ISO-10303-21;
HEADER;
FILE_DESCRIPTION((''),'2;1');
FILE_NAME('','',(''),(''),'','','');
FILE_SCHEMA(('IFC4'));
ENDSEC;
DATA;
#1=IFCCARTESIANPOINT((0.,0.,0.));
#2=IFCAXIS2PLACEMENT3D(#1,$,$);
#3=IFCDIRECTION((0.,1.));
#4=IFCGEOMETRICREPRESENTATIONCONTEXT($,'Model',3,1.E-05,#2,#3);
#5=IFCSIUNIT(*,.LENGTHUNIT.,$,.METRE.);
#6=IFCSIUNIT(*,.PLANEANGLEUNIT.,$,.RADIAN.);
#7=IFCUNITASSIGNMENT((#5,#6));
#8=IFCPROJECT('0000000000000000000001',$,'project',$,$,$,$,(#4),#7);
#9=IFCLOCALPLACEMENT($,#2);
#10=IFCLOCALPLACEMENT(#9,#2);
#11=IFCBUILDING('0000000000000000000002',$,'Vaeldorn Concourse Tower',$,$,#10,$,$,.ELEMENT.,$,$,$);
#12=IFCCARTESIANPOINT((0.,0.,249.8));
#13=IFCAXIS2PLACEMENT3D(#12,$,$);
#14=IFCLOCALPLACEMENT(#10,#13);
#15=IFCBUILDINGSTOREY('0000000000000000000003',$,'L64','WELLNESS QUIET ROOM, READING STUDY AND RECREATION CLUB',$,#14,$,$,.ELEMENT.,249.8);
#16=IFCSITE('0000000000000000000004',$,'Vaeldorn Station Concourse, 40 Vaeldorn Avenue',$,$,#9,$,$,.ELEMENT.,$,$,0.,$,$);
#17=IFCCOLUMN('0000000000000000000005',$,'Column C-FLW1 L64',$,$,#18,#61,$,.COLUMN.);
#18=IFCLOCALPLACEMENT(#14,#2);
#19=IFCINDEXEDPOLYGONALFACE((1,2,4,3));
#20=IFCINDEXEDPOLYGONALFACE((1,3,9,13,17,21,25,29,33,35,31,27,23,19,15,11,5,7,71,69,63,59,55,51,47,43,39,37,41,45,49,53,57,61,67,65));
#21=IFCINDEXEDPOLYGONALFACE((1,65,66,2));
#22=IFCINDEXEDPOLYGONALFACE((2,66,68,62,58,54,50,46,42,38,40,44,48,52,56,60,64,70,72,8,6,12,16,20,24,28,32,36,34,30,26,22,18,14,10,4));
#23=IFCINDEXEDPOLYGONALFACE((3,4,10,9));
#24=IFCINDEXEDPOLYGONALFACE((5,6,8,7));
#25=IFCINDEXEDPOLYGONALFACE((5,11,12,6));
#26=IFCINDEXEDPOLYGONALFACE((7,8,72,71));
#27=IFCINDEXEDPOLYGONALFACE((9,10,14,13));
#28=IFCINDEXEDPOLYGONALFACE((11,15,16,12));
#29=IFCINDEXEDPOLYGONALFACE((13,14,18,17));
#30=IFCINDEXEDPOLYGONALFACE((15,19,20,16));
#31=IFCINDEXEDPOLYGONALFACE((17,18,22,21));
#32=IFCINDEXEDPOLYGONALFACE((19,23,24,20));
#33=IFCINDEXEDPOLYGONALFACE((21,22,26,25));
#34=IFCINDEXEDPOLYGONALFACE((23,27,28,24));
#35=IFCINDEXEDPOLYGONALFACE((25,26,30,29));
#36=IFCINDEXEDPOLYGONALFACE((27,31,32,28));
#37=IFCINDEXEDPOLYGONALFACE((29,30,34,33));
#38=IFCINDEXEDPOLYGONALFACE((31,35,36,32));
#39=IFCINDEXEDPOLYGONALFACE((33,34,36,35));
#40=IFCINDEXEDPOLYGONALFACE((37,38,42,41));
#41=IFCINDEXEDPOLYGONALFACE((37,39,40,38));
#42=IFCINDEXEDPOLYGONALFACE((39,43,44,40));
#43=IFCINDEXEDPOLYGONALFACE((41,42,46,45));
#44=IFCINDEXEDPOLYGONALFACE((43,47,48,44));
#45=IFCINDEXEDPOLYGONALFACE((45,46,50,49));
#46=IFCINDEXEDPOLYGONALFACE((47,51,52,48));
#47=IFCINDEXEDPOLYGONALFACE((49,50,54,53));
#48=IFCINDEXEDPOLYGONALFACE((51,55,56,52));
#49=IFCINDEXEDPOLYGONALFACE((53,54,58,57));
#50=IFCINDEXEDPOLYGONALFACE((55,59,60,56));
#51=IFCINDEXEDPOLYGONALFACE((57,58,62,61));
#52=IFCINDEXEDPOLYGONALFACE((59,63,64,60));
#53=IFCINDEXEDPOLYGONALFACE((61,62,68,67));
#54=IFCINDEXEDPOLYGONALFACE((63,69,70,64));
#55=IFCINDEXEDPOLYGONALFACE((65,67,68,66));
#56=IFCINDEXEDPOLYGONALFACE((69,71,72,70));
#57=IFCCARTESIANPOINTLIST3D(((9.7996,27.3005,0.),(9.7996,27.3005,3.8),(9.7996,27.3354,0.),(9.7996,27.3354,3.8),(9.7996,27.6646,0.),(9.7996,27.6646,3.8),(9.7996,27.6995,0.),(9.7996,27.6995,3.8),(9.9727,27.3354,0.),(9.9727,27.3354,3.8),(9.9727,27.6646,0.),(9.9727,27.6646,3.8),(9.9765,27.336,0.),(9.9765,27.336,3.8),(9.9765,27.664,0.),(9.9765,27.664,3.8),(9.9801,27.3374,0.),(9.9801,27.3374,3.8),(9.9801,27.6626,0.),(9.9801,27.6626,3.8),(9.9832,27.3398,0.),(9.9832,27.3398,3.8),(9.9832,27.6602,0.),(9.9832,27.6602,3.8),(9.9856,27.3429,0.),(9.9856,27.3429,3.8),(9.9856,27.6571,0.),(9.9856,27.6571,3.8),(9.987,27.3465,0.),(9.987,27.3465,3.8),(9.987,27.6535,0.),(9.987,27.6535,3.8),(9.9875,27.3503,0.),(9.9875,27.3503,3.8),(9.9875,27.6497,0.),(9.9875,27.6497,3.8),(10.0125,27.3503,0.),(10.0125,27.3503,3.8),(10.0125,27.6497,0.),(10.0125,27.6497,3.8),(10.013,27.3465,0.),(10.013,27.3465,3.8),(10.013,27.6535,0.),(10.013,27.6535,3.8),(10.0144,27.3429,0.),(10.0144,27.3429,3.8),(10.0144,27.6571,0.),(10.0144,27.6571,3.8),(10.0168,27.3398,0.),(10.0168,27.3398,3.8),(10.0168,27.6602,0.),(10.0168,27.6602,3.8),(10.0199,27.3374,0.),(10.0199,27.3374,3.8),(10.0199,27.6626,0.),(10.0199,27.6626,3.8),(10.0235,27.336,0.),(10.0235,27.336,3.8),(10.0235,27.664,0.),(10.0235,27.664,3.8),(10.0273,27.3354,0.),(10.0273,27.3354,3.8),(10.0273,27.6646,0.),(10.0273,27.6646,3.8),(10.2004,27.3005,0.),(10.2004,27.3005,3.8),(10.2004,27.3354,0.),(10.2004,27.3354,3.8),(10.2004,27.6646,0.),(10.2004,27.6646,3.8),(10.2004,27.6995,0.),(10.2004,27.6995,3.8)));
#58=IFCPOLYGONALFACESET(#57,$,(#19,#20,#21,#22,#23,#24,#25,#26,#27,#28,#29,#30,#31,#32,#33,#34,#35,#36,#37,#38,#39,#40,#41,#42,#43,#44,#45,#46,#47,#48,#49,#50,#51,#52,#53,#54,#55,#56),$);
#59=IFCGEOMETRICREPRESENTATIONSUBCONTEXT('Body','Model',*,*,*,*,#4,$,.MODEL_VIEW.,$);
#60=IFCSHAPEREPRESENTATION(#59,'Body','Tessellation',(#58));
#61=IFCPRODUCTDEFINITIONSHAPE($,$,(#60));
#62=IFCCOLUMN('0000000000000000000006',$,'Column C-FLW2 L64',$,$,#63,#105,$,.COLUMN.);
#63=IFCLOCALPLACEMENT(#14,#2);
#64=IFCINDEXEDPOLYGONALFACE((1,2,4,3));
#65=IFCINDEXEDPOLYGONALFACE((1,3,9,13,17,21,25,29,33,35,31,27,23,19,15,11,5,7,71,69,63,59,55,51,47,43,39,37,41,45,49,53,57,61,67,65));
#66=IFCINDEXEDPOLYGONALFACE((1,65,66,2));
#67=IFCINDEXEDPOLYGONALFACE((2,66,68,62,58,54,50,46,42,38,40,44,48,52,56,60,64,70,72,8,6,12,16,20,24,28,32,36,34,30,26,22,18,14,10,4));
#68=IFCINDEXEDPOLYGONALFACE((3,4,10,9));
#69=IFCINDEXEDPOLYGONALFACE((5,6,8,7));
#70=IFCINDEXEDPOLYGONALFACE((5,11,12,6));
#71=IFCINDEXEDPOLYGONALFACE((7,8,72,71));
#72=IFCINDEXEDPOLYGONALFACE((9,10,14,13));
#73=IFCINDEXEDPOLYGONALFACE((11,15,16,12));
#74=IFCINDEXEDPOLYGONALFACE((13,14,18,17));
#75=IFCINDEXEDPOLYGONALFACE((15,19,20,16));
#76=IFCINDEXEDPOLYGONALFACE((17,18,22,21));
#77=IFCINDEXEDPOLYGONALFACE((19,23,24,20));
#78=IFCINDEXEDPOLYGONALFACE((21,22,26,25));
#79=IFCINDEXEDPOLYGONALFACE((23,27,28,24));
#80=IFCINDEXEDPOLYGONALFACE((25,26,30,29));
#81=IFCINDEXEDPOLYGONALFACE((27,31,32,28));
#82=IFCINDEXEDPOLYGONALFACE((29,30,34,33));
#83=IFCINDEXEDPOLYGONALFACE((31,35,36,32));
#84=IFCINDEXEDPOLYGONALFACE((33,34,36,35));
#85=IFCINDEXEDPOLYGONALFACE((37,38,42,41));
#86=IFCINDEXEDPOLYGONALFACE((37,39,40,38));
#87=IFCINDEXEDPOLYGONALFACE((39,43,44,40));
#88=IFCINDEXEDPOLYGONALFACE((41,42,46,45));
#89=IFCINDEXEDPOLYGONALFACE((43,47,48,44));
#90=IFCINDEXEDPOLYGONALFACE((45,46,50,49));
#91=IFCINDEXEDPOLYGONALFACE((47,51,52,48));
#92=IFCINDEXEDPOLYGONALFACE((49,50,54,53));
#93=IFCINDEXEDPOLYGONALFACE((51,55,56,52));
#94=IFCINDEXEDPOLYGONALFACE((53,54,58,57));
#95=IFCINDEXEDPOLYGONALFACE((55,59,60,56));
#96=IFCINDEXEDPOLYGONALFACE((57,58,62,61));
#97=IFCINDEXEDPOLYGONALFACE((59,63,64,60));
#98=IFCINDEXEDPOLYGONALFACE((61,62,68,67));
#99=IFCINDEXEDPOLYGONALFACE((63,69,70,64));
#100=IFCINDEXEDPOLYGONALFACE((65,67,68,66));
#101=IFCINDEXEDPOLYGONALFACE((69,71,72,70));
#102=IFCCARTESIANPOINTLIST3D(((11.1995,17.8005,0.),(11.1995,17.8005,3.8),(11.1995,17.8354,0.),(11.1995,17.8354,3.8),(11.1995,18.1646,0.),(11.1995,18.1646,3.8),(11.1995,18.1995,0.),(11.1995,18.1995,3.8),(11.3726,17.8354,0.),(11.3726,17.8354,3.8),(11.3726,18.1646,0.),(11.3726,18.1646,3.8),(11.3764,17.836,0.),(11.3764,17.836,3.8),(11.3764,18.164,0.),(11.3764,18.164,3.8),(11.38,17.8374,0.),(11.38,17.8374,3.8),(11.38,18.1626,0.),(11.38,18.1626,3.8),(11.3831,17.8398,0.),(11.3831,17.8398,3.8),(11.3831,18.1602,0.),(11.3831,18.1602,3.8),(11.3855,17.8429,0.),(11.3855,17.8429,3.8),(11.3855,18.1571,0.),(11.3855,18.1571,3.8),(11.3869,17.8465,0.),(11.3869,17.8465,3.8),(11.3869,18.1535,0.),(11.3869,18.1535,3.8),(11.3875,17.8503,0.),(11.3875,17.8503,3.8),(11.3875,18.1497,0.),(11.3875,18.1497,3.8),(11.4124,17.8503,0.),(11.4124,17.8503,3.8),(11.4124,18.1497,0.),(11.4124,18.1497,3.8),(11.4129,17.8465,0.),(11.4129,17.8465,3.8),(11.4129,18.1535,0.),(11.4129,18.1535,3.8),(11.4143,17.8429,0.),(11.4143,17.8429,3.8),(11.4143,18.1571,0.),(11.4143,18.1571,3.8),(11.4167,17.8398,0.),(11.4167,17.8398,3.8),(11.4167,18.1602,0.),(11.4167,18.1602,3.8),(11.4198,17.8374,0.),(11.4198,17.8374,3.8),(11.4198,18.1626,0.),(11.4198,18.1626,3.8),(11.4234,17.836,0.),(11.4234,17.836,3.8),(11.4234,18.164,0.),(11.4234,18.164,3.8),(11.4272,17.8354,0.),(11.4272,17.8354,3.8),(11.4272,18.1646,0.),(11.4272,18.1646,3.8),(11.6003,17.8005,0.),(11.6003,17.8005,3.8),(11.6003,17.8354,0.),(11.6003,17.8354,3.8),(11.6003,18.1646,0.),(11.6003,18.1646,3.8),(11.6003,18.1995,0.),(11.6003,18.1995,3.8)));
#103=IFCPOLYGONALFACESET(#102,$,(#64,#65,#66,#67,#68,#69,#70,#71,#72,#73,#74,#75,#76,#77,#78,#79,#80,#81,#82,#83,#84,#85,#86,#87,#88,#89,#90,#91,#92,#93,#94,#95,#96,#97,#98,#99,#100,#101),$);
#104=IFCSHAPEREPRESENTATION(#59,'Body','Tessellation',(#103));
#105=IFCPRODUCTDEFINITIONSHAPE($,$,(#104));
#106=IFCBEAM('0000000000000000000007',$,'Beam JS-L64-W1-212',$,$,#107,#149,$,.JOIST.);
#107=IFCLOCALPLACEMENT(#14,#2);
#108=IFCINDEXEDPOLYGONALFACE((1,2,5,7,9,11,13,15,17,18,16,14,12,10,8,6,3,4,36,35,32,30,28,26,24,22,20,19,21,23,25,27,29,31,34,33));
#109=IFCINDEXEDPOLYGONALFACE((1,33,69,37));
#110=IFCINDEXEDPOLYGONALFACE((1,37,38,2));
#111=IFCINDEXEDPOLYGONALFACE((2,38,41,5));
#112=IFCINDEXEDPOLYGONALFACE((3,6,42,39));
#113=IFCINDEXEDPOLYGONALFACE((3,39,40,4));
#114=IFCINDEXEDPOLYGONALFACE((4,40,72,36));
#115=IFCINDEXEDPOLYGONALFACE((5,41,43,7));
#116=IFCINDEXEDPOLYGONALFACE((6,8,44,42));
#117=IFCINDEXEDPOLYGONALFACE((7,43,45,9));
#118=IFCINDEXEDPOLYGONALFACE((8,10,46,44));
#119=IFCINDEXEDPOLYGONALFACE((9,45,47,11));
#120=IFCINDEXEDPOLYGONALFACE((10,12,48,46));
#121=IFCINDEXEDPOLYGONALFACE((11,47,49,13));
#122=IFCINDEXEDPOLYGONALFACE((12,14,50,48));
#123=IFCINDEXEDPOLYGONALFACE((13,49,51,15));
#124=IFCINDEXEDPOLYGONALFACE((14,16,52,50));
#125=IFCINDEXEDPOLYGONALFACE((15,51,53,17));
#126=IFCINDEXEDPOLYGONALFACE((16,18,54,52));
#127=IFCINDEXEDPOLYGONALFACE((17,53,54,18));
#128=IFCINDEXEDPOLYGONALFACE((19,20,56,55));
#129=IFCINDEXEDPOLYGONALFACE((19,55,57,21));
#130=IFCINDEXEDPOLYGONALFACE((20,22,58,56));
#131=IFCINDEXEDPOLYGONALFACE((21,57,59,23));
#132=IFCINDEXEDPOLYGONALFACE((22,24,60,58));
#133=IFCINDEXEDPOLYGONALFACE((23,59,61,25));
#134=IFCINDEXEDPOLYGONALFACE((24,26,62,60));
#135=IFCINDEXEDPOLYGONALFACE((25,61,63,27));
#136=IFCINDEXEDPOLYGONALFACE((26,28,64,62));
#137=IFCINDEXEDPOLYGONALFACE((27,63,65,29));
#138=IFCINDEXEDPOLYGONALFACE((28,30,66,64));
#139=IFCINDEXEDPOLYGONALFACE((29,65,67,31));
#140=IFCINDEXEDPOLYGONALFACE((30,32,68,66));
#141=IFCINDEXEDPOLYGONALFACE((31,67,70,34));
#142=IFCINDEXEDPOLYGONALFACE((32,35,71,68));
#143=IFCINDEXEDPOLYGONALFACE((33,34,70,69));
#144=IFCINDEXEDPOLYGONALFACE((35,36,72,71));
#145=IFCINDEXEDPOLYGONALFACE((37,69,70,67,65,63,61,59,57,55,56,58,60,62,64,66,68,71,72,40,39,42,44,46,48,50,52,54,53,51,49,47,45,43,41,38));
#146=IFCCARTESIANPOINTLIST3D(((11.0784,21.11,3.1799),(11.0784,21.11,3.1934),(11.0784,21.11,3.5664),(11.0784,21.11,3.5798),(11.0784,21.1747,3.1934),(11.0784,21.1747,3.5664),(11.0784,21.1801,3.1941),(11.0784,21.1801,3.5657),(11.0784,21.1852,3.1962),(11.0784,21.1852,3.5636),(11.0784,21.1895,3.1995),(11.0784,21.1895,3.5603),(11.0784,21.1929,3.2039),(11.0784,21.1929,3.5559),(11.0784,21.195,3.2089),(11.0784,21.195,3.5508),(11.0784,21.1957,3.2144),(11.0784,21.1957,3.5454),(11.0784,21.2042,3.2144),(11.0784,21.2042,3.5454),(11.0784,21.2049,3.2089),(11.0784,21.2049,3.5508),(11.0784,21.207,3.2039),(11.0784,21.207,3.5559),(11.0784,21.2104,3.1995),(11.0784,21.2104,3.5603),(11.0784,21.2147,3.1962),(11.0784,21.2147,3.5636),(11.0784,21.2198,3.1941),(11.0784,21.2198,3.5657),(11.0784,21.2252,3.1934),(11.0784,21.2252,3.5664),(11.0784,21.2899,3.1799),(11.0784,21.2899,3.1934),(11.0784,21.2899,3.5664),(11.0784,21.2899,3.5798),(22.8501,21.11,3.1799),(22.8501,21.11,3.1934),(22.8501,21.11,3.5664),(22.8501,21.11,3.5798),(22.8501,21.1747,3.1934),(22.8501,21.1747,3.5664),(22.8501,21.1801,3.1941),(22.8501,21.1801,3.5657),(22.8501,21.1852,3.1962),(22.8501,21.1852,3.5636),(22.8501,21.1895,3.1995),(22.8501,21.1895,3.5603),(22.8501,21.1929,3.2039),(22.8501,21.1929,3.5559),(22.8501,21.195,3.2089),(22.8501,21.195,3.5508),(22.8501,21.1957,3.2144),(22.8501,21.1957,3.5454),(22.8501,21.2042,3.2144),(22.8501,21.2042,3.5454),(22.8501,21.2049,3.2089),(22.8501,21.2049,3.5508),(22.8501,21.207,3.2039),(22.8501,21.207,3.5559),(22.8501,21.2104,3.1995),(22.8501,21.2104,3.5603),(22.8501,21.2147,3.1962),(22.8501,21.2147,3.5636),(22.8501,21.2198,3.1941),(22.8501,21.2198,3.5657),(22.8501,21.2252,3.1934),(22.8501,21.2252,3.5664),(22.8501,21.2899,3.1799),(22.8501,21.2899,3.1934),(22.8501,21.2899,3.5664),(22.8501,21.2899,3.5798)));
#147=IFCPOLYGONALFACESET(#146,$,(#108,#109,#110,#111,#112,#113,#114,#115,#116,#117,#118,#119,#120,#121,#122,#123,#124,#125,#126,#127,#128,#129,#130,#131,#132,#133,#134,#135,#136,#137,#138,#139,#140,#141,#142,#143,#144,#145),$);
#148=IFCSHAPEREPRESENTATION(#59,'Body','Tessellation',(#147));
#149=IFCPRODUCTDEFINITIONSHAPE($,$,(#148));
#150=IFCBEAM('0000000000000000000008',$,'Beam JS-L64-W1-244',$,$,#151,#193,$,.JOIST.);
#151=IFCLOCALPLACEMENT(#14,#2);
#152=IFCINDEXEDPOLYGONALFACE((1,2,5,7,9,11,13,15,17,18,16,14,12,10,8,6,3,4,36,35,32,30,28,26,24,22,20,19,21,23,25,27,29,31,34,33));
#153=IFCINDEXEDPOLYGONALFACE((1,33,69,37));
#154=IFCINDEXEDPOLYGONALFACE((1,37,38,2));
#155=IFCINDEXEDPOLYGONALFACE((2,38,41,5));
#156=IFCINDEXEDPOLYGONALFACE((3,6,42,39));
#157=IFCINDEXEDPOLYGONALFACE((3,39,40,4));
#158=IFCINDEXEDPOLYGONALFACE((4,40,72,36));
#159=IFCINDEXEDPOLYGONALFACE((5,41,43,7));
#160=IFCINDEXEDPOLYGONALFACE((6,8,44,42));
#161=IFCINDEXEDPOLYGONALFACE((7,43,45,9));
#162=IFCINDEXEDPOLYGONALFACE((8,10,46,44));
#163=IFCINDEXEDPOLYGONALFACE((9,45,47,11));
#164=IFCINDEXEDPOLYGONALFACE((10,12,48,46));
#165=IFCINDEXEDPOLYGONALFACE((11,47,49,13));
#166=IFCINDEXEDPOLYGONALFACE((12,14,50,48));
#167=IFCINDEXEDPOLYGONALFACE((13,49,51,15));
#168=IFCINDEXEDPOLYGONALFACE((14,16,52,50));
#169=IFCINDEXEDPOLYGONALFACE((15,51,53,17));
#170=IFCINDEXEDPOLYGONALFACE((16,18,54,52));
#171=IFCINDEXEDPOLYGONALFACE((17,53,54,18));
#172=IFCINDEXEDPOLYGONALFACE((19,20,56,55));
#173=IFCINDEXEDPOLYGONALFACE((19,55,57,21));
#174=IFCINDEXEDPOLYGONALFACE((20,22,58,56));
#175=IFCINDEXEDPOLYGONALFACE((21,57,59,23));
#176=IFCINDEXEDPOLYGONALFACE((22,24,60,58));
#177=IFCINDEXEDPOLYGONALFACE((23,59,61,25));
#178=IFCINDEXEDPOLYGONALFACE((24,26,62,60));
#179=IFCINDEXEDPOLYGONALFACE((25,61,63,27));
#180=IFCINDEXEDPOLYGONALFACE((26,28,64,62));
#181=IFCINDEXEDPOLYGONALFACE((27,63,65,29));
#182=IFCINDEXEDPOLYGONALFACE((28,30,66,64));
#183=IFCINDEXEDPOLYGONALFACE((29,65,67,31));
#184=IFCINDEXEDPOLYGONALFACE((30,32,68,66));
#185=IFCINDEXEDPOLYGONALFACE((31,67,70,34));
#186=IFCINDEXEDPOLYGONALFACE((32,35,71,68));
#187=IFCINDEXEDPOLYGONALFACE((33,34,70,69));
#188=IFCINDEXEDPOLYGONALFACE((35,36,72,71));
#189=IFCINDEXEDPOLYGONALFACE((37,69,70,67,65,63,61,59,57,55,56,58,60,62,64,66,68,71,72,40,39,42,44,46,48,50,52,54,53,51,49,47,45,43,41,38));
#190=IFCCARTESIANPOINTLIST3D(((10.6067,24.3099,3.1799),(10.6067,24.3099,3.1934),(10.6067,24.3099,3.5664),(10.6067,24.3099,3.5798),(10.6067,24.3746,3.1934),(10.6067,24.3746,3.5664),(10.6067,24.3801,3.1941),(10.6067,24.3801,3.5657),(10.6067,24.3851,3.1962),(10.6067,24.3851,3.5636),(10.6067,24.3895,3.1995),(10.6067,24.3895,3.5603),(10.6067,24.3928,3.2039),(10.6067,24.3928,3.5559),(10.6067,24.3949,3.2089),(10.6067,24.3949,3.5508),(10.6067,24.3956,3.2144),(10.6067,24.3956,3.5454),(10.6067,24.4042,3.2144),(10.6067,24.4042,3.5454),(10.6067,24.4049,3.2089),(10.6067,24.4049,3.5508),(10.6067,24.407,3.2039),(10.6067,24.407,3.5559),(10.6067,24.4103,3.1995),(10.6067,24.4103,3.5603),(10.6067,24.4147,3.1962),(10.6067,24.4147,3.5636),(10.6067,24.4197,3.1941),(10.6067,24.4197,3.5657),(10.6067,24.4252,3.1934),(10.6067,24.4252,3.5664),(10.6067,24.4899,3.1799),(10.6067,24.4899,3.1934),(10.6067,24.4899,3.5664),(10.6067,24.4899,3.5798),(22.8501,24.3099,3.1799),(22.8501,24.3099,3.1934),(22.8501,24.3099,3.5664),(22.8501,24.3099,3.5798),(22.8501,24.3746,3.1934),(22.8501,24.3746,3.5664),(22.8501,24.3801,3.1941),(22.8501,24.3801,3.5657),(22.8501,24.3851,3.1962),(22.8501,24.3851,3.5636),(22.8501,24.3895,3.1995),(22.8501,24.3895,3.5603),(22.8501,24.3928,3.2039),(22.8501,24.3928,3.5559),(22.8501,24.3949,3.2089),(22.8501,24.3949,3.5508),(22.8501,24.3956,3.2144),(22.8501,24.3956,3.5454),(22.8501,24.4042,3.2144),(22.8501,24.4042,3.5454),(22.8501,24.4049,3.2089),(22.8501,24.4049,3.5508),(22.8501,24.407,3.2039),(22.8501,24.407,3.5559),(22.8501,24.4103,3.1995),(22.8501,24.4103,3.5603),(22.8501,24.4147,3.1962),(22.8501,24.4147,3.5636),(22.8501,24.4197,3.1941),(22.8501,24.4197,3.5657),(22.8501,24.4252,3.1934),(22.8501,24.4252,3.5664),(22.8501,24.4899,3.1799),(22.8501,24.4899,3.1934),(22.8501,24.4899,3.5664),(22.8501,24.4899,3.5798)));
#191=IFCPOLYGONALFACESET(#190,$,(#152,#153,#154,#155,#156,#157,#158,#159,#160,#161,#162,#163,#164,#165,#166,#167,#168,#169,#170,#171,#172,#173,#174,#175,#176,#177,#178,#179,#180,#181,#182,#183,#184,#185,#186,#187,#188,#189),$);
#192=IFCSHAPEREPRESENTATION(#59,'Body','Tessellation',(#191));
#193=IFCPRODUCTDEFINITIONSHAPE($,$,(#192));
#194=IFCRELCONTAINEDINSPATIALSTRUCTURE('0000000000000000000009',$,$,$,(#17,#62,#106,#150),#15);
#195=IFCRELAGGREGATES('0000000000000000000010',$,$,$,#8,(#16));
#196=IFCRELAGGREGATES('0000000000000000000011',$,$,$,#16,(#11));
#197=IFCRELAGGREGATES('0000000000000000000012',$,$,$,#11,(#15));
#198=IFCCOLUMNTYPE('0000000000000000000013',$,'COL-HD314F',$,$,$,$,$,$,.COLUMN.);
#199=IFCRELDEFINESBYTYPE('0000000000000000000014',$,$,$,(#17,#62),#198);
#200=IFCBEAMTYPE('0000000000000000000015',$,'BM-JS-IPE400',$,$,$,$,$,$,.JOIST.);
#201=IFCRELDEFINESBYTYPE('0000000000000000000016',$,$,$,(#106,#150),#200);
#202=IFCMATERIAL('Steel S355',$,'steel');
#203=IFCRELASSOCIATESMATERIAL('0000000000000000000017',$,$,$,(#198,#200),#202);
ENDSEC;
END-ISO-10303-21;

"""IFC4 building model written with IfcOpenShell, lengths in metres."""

from ifc_helpers import new_model, si_unit, direction, frame, origin, origin_2d, place, context, subcontext, project, spatial, i_section, extrude, source, transform, mapped, material, material_profile, profile_set, type_object, element, save


model = new_model("IFC4")

# Units and contexts
model_context = context("Model", 3, precision=1e-05, world=origin(), true_north=direction((0.0, 1.0)))
body_context = subcontext(model_context, "Body", "Model", "MODEL_VIEW")
ifc_project = project(units=[si_unit("LENGTHUNIT", "METRE"), si_unit("PLANEANGLEUNIT", "RADIAN")], contexts=[model_context])

# Site, building, storey
site_placement = place(None, origin())
site = spatial("IfcSite", under=ifc_project, at=site_placement, Name="Vaeldorn Station Concourse, 40 Vaeldorn Avenue", CompositionType="ELEMENT", RefElevation=0.0)
building_placement = place(site_placement, origin())
building = spatial("IfcBuilding", under=site, at=building_placement, Name="Vaeldorn Concourse Tower", CompositionType="ELEMENT")
storey_placement = place(building_placement, frame((0.0, 0.0, 249.8)))
storey = spatial("IfcBuildingStorey", under=building, at=storey_placement, Name="L64", Description="WELLNESS QUIET ROOM, READING STUDY AND RECREATION CLUB", CompositionType="ELEMENT", Elevation=249.8)

# Columns
ifc_material_1 = material(Name="Steel S355", Category="steel")
ifc_material_profile_1 = material_profile(ifc_material_1, i_section(OverallWidth=0.4009, OverallDepth=0.3989, WebThickness=0.0249, FlangeThickness=0.0349, FilletRadius=0.0149, at=origin_2d()), Name="HD 400x314")
ifc_profile_set_1 = profile_set([ifc_material_profile_1], Name="Steel S355")
column_type = type_object("IfcColumnType", Name="COL-HD314F", PredefinedType="COLUMN", material=ifc_profile_set_1)
shared_shape_1 = source(origin(), body_context, "Body", "SweptSolid", [
    extrude(i_section(OverallWidth=0.4009, OverallDepth=0.3989, WebThickness=0.0249, FlangeThickness=0.0349, FilletRadius=0.0149, at=origin_2d()), origin(), (0.0, 0.0, 1.0), 3.8),
])
for number, where, z_axis, x_axis, name in (
    (1, (10.0, 27.5, 0.0), (0.0, 0.0, 1.0), (1.0, 0.0, 0.0), "Column C-FLW1 L64"),
    (2, (11.3999, 18.0, 0.0), (0.0, 0.0, 1.0), (1.0, 0.0, 0.0), "Column C-FLW2 L64"),
):
    element("IfcColumn", number, at=place(storey_placement, frame(where, z_axis=z_axis, x_axis=x_axis)), inside=storey, type_object=column_type, Name=name, PredefinedType="COLUMN", context=body_context, shape_type="MappedRepresentation", body=[
        mapped(shared_shape_1, transform((0.0, 0.0, 0.0), scale=1.0)),
    ])

# Beams
ifc_material_profile_2 = material_profile(ifc_material_1, i_section(OverallWidth=0.1799, OverallDepth=0.3999, WebThickness=0.0085, FlangeThickness=0.0134, FilletRadius=0.021, at=origin_2d()), Name="IPE 400")
ifc_profile_set_2 = profile_set([ifc_material_profile_2], Name="Steel S355")
beam_type_1 = type_object("IfcBeamType", Name="BM-JS-IPE400", PredefinedType="JOIST", material=ifc_profile_set_2)
shared_shape_2 = source(origin(), body_context, "Body", "SweptSolid", [
    extrude(i_section(OverallWidth=0.1799, OverallDepth=0.3999, WebThickness=0.0085, FlangeThickness=0.0134, FilletRadius=0.021, at=origin_2d()), origin(), (0.0, 0.0, 1.0), 11.7717),
])
beam_1_placement = place(storey_placement, frame((11.0784, 21.2, 3.3799), z_axis=(1.0, 0.0, 0.0), x_axis=(0.0, 1.0, 0.0)))
element("IfcBeam", 3, at=beam_1_placement, inside=storey, type_object=beam_type_1, Name="Beam JS-L64-W1-212", PredefinedType="JOIST", context=body_context, shape_type="MappedRepresentation", body=[
    mapped(shared_shape_2, transform((0.0, 0.0, 0.0), scale=1.0)),
])
shared_shape_3 = source(origin(), body_context, "Body", "SweptSolid", [
    extrude(i_section(OverallWidth=0.1799, OverallDepth=0.3999, WebThickness=0.0085, FlangeThickness=0.0134, FilletRadius=0.021, at=origin_2d()), origin(), (0.0, 0.0, 1.0), 12.2434),
])
beam_2_placement = place(storey_placement, frame((10.6067, 24.3999, 3.3799), z_axis=(1.0, 0.0, 0.0), x_axis=(0.0, 1.0, 0.0)))
element("IfcBeam", 4, at=beam_2_placement, inside=storey, type_object=beam_type_1, Name="Beam JS-L64-W1-244", PredefinedType="JOIST", context=body_context, shape_type="MappedRepresentation", body=[
    mapped(shared_shape_3, transform((0.0, 0.0, 0.0), scale=1.0)),
])

save(model, "model.ifc")
